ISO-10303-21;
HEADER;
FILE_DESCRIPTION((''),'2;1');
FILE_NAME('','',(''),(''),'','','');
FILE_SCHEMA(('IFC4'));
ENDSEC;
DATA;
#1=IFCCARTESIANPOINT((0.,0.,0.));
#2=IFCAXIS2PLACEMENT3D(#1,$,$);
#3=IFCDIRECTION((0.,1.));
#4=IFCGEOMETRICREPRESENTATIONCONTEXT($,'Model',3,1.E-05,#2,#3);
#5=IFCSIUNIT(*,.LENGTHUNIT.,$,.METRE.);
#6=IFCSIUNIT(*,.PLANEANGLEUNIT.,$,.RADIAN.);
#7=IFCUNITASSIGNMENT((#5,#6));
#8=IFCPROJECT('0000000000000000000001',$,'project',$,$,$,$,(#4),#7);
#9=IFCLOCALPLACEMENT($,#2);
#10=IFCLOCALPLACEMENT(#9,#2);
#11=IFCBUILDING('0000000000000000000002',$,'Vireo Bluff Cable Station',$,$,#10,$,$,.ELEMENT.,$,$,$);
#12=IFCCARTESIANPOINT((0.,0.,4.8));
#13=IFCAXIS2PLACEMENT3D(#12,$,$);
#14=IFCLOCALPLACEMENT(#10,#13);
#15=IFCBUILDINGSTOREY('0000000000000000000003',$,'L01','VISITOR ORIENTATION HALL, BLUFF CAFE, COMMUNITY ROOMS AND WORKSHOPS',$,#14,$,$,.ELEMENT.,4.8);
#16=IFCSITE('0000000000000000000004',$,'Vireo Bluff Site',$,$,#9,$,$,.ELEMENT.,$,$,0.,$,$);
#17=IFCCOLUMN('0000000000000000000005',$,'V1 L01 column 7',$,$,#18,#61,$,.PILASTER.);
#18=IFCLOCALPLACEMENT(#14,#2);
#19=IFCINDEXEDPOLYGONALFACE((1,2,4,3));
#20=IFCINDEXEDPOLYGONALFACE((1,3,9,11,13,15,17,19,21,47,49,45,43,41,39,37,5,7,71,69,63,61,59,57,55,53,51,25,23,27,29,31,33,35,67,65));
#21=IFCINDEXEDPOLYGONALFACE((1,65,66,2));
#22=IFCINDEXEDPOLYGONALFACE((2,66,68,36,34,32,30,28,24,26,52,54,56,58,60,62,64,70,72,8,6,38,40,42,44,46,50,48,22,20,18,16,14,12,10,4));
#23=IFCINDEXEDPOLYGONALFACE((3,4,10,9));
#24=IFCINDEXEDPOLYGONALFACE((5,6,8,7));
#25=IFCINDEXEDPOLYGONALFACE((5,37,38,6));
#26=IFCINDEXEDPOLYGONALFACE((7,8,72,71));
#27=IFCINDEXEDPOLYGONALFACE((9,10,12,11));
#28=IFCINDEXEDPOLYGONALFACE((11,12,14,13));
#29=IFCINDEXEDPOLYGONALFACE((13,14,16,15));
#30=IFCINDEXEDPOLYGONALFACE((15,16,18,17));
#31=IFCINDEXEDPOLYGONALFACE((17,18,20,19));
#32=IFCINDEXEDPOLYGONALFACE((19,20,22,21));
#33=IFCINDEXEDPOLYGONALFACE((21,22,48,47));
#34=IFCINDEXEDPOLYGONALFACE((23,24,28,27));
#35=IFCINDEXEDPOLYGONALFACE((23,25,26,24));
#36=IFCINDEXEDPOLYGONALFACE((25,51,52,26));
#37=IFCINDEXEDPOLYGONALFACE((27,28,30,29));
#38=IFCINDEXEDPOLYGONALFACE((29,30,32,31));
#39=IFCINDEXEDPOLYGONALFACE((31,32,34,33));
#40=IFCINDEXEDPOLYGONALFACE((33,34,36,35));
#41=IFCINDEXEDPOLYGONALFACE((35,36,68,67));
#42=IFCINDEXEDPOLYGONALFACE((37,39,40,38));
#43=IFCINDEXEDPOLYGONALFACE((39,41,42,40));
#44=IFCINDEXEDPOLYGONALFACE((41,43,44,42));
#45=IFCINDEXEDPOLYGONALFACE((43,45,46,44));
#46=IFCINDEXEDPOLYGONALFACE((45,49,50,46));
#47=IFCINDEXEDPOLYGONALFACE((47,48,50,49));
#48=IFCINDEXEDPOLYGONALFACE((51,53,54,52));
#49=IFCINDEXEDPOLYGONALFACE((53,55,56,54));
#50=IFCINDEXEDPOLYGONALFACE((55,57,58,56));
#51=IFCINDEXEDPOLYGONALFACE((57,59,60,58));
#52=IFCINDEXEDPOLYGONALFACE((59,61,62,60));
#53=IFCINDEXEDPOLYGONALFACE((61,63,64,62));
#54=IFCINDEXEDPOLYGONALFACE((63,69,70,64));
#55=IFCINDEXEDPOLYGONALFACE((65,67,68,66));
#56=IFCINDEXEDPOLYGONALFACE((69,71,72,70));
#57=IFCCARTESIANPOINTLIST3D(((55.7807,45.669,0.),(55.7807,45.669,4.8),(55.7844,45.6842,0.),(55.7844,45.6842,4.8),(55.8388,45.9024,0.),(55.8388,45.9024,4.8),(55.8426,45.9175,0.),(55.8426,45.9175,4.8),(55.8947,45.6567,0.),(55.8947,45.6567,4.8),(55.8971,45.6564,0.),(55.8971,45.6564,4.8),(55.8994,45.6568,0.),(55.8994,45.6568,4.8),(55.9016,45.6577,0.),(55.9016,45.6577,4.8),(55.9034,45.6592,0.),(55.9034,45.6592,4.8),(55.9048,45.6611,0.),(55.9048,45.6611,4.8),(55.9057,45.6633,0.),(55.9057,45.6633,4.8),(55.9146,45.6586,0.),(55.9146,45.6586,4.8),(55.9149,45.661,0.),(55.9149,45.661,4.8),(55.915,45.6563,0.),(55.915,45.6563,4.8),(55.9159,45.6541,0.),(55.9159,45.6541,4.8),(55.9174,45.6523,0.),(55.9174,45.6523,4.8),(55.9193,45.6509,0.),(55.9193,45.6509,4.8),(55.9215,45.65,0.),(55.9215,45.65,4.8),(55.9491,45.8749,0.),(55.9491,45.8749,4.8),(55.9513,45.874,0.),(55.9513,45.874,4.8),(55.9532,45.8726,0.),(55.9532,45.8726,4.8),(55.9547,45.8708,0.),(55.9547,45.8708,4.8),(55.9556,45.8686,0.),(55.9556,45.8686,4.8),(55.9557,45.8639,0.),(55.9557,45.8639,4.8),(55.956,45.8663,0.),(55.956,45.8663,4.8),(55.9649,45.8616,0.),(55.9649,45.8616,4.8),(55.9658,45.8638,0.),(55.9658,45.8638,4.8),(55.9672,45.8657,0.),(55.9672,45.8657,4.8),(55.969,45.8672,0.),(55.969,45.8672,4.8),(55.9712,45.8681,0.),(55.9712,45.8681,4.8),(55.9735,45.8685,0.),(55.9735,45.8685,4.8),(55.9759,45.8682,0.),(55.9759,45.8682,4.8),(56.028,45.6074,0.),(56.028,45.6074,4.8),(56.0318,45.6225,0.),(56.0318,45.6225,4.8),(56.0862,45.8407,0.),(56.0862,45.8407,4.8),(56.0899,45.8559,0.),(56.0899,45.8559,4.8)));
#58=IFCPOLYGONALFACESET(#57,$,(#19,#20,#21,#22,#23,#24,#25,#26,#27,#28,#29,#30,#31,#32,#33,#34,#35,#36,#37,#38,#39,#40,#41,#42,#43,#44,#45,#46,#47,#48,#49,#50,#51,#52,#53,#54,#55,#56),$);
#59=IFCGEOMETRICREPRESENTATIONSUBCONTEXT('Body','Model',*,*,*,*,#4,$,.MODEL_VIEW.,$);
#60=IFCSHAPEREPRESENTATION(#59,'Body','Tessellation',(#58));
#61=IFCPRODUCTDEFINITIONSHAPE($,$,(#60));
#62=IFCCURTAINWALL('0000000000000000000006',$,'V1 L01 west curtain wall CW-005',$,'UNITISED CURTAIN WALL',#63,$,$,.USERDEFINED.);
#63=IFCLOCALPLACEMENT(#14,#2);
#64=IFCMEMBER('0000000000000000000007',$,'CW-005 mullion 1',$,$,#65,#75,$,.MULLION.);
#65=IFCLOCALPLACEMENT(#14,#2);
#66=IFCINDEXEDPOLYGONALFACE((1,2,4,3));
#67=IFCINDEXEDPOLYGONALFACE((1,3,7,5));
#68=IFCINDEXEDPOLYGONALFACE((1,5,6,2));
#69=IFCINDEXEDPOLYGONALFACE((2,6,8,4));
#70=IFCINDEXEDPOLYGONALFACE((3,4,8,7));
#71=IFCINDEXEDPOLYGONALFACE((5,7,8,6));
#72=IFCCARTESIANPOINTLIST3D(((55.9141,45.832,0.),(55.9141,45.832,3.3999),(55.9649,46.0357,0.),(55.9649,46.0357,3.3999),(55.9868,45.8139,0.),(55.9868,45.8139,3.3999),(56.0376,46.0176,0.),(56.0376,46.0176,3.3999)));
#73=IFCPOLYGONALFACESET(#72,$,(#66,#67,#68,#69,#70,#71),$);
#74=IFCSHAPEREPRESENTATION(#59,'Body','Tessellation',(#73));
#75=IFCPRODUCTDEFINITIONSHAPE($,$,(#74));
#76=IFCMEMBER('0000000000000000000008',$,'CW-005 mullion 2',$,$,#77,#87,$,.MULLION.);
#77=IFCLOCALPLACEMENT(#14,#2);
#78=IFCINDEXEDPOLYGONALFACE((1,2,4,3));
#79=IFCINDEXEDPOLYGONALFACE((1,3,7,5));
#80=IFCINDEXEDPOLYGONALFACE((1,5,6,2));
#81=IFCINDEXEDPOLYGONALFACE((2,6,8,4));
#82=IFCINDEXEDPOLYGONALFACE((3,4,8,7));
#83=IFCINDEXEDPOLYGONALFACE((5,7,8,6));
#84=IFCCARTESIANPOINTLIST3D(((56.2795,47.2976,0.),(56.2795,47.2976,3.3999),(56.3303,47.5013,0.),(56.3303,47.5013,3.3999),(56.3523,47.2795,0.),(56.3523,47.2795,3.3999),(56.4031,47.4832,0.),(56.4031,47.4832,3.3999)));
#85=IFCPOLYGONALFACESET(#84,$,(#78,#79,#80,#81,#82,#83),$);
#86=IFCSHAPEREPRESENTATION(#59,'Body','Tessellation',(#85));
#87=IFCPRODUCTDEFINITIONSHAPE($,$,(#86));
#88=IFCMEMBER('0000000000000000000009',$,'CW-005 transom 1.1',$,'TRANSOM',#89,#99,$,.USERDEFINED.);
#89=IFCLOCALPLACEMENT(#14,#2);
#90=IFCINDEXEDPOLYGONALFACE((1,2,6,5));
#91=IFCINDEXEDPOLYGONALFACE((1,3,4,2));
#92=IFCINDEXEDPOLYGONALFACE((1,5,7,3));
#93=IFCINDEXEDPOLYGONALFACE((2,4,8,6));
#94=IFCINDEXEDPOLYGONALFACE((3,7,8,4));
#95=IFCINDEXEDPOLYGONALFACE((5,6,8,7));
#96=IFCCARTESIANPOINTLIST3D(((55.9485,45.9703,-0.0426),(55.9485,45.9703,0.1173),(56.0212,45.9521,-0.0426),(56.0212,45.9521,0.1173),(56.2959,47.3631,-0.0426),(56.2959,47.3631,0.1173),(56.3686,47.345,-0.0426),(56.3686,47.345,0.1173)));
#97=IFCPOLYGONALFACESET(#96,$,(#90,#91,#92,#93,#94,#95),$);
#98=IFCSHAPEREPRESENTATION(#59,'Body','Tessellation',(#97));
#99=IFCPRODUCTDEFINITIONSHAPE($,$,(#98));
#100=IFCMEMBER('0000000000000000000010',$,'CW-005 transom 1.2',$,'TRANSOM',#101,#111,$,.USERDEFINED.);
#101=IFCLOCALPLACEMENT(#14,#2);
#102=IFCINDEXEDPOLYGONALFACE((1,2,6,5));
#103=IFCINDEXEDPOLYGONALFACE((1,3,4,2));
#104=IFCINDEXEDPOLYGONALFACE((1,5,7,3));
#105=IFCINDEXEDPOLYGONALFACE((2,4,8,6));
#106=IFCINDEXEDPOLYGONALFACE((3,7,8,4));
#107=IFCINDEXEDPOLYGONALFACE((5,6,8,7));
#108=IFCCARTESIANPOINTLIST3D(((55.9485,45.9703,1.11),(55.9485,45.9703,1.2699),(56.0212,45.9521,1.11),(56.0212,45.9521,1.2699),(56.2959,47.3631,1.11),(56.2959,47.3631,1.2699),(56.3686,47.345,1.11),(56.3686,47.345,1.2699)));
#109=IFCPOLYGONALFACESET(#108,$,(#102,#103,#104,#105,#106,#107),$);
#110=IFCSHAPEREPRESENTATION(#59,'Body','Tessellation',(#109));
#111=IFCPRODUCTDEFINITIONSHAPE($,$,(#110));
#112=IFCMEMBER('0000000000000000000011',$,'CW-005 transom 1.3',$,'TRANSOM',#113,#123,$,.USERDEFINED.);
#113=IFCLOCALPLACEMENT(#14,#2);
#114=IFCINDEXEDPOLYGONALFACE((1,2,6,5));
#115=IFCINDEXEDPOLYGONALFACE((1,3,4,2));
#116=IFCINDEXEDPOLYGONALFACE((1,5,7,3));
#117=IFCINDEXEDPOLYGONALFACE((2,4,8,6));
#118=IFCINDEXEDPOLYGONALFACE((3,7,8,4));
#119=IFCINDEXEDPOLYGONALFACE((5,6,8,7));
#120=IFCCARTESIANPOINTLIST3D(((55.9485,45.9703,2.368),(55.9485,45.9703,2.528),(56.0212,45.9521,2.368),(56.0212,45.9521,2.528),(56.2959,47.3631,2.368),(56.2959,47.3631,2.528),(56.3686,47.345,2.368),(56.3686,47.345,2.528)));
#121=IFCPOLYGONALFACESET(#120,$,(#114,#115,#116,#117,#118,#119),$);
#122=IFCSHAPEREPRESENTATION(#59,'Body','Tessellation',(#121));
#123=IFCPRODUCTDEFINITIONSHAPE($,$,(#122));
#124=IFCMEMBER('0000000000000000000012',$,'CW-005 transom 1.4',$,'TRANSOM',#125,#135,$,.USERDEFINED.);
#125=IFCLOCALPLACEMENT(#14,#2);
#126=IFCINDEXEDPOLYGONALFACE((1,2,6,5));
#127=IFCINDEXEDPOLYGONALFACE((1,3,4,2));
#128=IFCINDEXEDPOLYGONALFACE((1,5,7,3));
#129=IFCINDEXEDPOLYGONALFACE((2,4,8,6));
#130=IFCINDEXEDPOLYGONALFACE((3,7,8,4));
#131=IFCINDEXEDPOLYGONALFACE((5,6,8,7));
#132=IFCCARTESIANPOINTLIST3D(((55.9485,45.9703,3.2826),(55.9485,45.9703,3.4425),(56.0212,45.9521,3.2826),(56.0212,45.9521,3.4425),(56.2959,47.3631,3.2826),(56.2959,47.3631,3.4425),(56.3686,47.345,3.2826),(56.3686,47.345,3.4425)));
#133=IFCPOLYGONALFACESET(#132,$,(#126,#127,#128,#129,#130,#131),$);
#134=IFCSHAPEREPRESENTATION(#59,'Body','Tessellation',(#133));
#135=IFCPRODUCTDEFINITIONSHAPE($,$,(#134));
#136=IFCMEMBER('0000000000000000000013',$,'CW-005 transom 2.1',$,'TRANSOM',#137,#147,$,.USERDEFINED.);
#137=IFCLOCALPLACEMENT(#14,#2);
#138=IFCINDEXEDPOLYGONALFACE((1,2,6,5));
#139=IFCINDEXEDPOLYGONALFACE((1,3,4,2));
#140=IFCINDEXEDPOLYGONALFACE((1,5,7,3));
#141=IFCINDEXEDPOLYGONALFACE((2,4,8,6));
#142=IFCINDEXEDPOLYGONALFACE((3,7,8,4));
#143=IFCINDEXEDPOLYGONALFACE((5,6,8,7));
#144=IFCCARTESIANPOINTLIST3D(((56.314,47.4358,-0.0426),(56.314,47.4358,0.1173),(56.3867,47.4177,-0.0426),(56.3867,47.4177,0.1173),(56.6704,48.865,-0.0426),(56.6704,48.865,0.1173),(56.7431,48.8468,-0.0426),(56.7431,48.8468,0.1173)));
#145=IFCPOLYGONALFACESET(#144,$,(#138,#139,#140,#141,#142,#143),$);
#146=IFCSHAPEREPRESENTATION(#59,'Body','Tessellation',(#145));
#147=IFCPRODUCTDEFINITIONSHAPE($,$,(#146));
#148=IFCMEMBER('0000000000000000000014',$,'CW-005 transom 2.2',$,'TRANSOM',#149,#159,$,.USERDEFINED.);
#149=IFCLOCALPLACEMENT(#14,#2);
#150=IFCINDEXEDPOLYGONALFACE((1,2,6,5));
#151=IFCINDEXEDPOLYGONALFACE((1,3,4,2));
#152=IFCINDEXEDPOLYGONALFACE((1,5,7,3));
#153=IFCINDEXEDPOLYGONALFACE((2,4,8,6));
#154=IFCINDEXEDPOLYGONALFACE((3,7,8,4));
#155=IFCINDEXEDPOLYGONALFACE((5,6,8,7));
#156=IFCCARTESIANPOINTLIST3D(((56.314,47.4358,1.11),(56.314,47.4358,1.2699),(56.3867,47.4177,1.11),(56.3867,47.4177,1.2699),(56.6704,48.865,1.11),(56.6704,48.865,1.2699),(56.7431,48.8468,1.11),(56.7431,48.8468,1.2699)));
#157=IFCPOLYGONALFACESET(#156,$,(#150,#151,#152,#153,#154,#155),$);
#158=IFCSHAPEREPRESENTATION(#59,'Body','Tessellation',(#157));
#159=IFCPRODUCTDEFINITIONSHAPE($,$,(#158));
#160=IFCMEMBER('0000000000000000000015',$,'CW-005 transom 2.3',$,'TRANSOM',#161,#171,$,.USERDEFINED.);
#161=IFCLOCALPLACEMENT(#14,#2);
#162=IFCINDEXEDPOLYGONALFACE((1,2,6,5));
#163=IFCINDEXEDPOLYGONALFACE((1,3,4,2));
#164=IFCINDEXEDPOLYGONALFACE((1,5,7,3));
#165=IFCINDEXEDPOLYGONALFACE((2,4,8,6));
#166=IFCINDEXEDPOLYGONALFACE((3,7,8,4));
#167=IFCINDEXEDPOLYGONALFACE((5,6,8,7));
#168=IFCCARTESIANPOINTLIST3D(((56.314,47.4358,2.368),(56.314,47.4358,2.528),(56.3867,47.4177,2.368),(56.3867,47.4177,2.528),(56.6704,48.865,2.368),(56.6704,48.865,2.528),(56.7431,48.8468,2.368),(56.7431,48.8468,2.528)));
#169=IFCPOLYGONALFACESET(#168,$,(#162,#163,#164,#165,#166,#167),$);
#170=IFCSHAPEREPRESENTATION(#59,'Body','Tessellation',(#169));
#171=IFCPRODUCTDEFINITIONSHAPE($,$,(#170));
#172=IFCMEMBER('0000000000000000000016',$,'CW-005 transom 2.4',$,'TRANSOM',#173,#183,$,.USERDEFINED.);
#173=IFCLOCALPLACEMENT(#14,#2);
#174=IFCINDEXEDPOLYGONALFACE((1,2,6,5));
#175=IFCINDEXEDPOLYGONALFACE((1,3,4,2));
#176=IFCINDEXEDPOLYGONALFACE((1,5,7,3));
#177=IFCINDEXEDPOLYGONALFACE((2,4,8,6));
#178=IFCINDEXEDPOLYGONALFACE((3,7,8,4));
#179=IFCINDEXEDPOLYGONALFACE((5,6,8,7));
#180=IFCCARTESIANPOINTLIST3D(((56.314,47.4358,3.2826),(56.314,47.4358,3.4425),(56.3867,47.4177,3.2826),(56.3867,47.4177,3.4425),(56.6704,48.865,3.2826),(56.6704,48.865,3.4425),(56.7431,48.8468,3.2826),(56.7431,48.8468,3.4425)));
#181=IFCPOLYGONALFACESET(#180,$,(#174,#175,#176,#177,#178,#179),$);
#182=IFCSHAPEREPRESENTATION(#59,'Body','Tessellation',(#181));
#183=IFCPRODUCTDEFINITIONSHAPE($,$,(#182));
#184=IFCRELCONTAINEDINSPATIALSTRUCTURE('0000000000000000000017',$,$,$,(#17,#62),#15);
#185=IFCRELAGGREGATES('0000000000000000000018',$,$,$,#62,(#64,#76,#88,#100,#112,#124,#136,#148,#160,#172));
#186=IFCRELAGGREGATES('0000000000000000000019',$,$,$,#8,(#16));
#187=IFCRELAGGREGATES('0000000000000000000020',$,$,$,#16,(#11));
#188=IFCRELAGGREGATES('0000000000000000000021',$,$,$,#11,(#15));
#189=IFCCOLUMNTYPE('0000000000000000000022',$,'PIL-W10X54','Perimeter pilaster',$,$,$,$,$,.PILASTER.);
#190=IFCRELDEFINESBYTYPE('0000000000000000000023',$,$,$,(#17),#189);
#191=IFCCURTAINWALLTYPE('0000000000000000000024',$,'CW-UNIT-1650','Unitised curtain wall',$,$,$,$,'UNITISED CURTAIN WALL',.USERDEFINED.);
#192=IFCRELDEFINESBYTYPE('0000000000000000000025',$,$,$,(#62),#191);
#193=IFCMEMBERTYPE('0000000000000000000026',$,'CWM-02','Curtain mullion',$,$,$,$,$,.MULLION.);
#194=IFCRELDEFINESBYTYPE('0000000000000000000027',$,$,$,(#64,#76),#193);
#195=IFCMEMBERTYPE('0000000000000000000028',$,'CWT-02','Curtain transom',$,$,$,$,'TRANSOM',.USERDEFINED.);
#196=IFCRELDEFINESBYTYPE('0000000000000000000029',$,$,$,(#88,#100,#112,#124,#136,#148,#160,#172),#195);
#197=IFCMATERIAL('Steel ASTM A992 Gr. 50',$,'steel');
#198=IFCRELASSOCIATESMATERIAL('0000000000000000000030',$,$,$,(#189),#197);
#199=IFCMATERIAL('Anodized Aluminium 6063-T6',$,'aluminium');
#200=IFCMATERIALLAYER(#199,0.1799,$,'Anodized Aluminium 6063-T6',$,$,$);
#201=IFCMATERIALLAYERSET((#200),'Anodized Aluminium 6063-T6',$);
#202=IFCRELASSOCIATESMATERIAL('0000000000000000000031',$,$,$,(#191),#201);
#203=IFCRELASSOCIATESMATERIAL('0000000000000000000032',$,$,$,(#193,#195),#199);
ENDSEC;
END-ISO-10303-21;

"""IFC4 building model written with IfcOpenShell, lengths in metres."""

from ifc_helpers import new_model, si_unit, direction, frame, origin, origin_2d, place, context, subcontext, project, spatial, rectangle, i_section, extrude, material, layer, layer_set, material_profile, profile_set, type_object, element, aggregate, save


model = new_model("IFC4")

# Units and contexts
model_context = context("Model", 3, precision=1e-05, world=origin(), true_north=direction((0.0, 1.0)))
body_context = subcontext(model_context, "Body", "Model", "MODEL_VIEW")
ifc_project = project(units=[si_unit("LENGTHUNIT", "METRE"), si_unit("PLANEANGLEUNIT", "RADIAN")], contexts=[model_context])

# Site, building, storey
site_placement = place(None, origin())
site = spatial("IfcSite", under=ifc_project, at=site_placement, Name="Vireo Bluff Site", CompositionType="ELEMENT", RefElevation=0.0)
building_placement = place(site_placement, origin())
building = spatial("IfcBuilding", under=site, at=building_placement, Name="Vireo Bluff Cable Station", CompositionType="ELEMENT")
storey_placement = place(building_placement, frame((0.0, 0.0, 4.8)))
storey = spatial("IfcBuildingStorey", under=building, at=storey_placement, Name="L01", Description="VISITOR ORIENTATION HALL, BLUFF CAFE, COMMUNITY ROOMS AND WORKSHOPS", CompositionType="ELEMENT", Elevation=4.8)

# Column
ifc_material_1 = material(Name="Steel ASTM A992 Gr. 50", Category="steel")
ifc_material_profile_1 = material_profile(ifc_material_1, i_section(OverallWidth=0.2549, OverallDepth=0.2561, WebThickness=0.0095, FlangeThickness=0.0156, FilletRadius=0.009, at=origin_2d()), Name="W10X54")
ifc_profile_set_1 = profile_set([ifc_material_profile_1], Name="Steel ASTM A992 Gr. 50")
column_type = type_object("IfcColumnType", Name="PIL-W10X54", Description="Perimeter pilaster", PredefinedType="PILASTER", material=ifc_profile_set_1)
column_placement = place(storey_placement, frame((55.9353, 45.7625, 0.0), z_axis=(0.0, 0.0, 1.0), x_axis=(0.970296, -0.241922, 0.0)))
element("IfcColumn", 1, at=column_placement, inside=storey, type_object=column_type, Name="V1 L01 column 7", PredefinedType="PILASTER", context=body_context, shape_type="SweptSolid", body=[
    extrude(i_section(OverallWidth=0.2549, OverallDepth=0.2561, WebThickness=0.0095, FlangeThickness=0.0156, FilletRadius=0.009, at=origin_2d()), origin(), (0.0, 0.0, 1.0), 4.8),
])

# Curtain wall, members
ifc_material_2 = material(Name="Anodized Aluminium 6063-T6", Category="aluminium")
ifc_layer_1 = layer(ifc_material_2, 0.1799, Name="Anodized Aluminium 6063-T6")
ifc_layer_set_1 = layer_set([ifc_layer_1], Name="Anodized Aluminium 6063-T6")
curtain_wall_type = type_object("IfcCurtainWallType", Name="CW-UNIT-1650", Description="Unitised curtain wall", ElementType="UNITISED CURTAIN WALL", PredefinedType="USERDEFINED", material=ifc_layer_set_1)
curtain_wall_placement = place(storey_placement, origin())
curtain_wall = element("IfcCurtainWall", 2, at=curtain_wall_placement, inside=storey, type_object=curtain_wall_type, Name="V1 L01 west curtain wall CW-005", ObjectType="UNITISED CURTAIN WALL", PredefinedType="USERDEFINED")
ifc_material_profile_2 = material_profile(ifc_material_2, rectangle(XDim=0.075, YDim=0.21, at=origin_2d()), Name="ALU-M-75X210")
ifc_profile_set_2 = profile_set([ifc_material_profile_2], Name="Anodized Aluminium 6063-T6")
member_type_1 = type_object("IfcMemberType", Name="CWM-02", Description="Curtain mullion", PredefinedType="MULLION", material=ifc_profile_set_2)
member_1_placement = place(storey_placement, frame((55.9758, 45.9248, 0.0), z_axis=(0.0, 0.0, 1.0), x_axis=(-0.970296, 0.241922, 0.0)))
member_1 = element("IfcMember", 3, at=member_1_placement, type_object=member_type_1, Name="CW-005 mullion 1", PredefinedType="MULLION", context=body_context, shape_type="SweptSolid", body=[
    extrude(rectangle(XDim=0.075, YDim=0.21, at=origin_2d()), origin(), (0.0, 0.0, 1.0), 3.3999),
])
member_2_placement = place(storey_placement, frame((56.3413, 47.3904, 0.0), z_axis=(0.0, 0.0, 1.0), x_axis=(-0.970296, 0.241922, 0.0)))
member_2 = element("IfcMember", 4, at=member_2_placement, type_object=member_type_1, Name="CW-005 mullion 2", PredefinedType="MULLION", context=body_context, shape_type="SweptSolid", body=[
    extrude(rectangle(XDim=0.075, YDim=0.21, at=origin_2d()), origin(), (0.0, 0.0, 1.0), 3.3999),
])
ifc_material_profile_3 = material_profile(ifc_material_2, rectangle(XDim=0.075, YDim=0.1599, at=origin_2d()), Name="ALU-T-75X160")
ifc_profile_set_3 = profile_set([ifc_material_profile_3], Name="Anodized Aluminium 6063-T6")
member_type_2 = type_object("IfcMemberType", Name="CWT-02", Description="Curtain transom", ElementType="TRANSOM", PredefinedType="USERDEFINED", material=ifc_profile_set_3)
member_3_placement = place(storey_placement, frame((55.9849, 45.9612, 0.0374), z_axis=(0.242015, 0.970272, 0.0), x_axis=(-0.970272, 0.242015, 0.0)))
member_3 = element("IfcMember", 5, at=member_3_placement, type_object=member_type_2, Name="CW-005 transom 1.1", ObjectType="TRANSOM", PredefinedType="USERDEFINED", context=body_context, shape_type="SweptSolid", body=[
    extrude(rectangle(XDim=0.075, YDim=0.1599, at=origin_2d()), origin(), (0.0, 0.0, 1.0), 1.4355),
])
member_4_placement = place(storey_placement, frame((55.9849, 45.9612, 1.1899), z_axis=(0.242015, 0.970272, 0.0), x_axis=(-0.970272, 0.242015, 0.0)))
member_4 = element("IfcMember", 6, at=member_4_placement, type_object=member_type_2, Name="CW-005 transom 1.2", ObjectType="TRANSOM", PredefinedType="USERDEFINED", context=body_context, shape_type="SweptSolid", body=[
    extrude(rectangle(XDim=0.075, YDim=0.1599, at=origin_2d()), origin(), (0.0, 0.0, 1.0), 1.4355),
])
member_5_placement = place(storey_placement, frame((55.9849, 45.9612, 2.448), z_axis=(0.242015, 0.970272, 0.0), x_axis=(-0.970272, 0.242015, 0.0)))
member_5 = element("IfcMember", 7, at=member_5_placement, type_object=member_type_2, Name="CW-005 transom 1.3", ObjectType="TRANSOM", PredefinedType="USERDEFINED", context=body_context, shape_type="SweptSolid", body=[
    extrude(rectangle(XDim=0.075, YDim=0.1599, at=origin_2d()), origin(), (0.0, 0.0, 1.0), 1.4355),
])
member_6_placement = place(storey_placement, frame((55.9849, 45.9612, 3.3625), z_axis=(0.242015, 0.970272, 0.0), x_axis=(-0.970272, 0.242015, 0.0)))
member_6 = element("IfcMember", 8, at=member_6_placement, type_object=member_type_2, Name="CW-005 transom 1.4", ObjectType="TRANSOM", PredefinedType="USERDEFINED", context=body_context, shape_type="SweptSolid", body=[
    extrude(rectangle(XDim=0.075, YDim=0.1599, at=origin_2d()), origin(), (0.0, 0.0, 1.0), 1.4355),
])
member_7_placement = place(storey_placement, frame((56.3503, 47.4268, 0.0374), z_axis=(0.24199, 0.970279, 0.0), x_axis=(-0.970279, 0.24199, 0.0)))
member_7 = element("IfcMember", 9, at=member_7_placement, type_object=member_type_2, Name="CW-005 transom 2.1", ObjectType="TRANSOM", PredefinedType="USERDEFINED", context=body_context, shape_type="SweptSolid", body=[
    extrude(rectangle(XDim=0.075, YDim=0.1599, at=origin_2d()), origin(), (0.0, 0.0, 1.0), 1.4729),
])
member_8_placement = place(storey_placement, frame((56.3503, 47.4268, 1.1899), z_axis=(0.24199, 0.970279, 0.0), x_axis=(-0.970279, 0.24199, 0.0)))
member_8 = element("IfcMember", 10, at=member_8_placement, type_object=member_type_2, Name="CW-005 transom 2.2", ObjectType="TRANSOM", PredefinedType="USERDEFINED", context=body_context, shape_type="SweptSolid", body=[
    extrude(rectangle(XDim=0.075, YDim=0.1599, at=origin_2d()), origin(), (0.0, 0.0, 1.0), 1.4729),
])
member_9_placement = place(storey_placement, frame((56.3503, 47.4268, 2.448), z_axis=(0.24199, 0.970279, 0.0), x_axis=(-0.970279, 0.24199, 0.0)))
member_9 = element("IfcMember", 11, at=member_9_placement, type_object=member_type_2, Name="CW-005 transom 2.3", ObjectType="TRANSOM", PredefinedType="USERDEFINED", context=body_context, shape_type="SweptSolid", body=[
    extrude(rectangle(XDim=0.075, YDim=0.1599, at=origin_2d()), origin(), (0.0, 0.0, 1.0), 1.4729),
])
member_10_placement = place(storey_placement, frame((56.3503, 47.4268, 3.3625), z_axis=(0.24199, 0.970279, 0.0), x_axis=(-0.970279, 0.24199, 0.0)))
member_10 = element("IfcMember", 12, at=member_10_placement, type_object=member_type_2, Name="CW-005 transom 2.4", ObjectType="TRANSOM", PredefinedType="USERDEFINED", context=body_context, shape_type="SweptSolid", body=[
    extrude(rectangle(XDim=0.075, YDim=0.1599, at=origin_2d()), origin(), (0.0, 0.0, 1.0), 1.4729),
])

aggregate(curtain_wall, [member_1, member_2, member_3, member_4, member_5, member_6, member_7, member_8, member_9, member_10])

save(model, "model.ifc")
